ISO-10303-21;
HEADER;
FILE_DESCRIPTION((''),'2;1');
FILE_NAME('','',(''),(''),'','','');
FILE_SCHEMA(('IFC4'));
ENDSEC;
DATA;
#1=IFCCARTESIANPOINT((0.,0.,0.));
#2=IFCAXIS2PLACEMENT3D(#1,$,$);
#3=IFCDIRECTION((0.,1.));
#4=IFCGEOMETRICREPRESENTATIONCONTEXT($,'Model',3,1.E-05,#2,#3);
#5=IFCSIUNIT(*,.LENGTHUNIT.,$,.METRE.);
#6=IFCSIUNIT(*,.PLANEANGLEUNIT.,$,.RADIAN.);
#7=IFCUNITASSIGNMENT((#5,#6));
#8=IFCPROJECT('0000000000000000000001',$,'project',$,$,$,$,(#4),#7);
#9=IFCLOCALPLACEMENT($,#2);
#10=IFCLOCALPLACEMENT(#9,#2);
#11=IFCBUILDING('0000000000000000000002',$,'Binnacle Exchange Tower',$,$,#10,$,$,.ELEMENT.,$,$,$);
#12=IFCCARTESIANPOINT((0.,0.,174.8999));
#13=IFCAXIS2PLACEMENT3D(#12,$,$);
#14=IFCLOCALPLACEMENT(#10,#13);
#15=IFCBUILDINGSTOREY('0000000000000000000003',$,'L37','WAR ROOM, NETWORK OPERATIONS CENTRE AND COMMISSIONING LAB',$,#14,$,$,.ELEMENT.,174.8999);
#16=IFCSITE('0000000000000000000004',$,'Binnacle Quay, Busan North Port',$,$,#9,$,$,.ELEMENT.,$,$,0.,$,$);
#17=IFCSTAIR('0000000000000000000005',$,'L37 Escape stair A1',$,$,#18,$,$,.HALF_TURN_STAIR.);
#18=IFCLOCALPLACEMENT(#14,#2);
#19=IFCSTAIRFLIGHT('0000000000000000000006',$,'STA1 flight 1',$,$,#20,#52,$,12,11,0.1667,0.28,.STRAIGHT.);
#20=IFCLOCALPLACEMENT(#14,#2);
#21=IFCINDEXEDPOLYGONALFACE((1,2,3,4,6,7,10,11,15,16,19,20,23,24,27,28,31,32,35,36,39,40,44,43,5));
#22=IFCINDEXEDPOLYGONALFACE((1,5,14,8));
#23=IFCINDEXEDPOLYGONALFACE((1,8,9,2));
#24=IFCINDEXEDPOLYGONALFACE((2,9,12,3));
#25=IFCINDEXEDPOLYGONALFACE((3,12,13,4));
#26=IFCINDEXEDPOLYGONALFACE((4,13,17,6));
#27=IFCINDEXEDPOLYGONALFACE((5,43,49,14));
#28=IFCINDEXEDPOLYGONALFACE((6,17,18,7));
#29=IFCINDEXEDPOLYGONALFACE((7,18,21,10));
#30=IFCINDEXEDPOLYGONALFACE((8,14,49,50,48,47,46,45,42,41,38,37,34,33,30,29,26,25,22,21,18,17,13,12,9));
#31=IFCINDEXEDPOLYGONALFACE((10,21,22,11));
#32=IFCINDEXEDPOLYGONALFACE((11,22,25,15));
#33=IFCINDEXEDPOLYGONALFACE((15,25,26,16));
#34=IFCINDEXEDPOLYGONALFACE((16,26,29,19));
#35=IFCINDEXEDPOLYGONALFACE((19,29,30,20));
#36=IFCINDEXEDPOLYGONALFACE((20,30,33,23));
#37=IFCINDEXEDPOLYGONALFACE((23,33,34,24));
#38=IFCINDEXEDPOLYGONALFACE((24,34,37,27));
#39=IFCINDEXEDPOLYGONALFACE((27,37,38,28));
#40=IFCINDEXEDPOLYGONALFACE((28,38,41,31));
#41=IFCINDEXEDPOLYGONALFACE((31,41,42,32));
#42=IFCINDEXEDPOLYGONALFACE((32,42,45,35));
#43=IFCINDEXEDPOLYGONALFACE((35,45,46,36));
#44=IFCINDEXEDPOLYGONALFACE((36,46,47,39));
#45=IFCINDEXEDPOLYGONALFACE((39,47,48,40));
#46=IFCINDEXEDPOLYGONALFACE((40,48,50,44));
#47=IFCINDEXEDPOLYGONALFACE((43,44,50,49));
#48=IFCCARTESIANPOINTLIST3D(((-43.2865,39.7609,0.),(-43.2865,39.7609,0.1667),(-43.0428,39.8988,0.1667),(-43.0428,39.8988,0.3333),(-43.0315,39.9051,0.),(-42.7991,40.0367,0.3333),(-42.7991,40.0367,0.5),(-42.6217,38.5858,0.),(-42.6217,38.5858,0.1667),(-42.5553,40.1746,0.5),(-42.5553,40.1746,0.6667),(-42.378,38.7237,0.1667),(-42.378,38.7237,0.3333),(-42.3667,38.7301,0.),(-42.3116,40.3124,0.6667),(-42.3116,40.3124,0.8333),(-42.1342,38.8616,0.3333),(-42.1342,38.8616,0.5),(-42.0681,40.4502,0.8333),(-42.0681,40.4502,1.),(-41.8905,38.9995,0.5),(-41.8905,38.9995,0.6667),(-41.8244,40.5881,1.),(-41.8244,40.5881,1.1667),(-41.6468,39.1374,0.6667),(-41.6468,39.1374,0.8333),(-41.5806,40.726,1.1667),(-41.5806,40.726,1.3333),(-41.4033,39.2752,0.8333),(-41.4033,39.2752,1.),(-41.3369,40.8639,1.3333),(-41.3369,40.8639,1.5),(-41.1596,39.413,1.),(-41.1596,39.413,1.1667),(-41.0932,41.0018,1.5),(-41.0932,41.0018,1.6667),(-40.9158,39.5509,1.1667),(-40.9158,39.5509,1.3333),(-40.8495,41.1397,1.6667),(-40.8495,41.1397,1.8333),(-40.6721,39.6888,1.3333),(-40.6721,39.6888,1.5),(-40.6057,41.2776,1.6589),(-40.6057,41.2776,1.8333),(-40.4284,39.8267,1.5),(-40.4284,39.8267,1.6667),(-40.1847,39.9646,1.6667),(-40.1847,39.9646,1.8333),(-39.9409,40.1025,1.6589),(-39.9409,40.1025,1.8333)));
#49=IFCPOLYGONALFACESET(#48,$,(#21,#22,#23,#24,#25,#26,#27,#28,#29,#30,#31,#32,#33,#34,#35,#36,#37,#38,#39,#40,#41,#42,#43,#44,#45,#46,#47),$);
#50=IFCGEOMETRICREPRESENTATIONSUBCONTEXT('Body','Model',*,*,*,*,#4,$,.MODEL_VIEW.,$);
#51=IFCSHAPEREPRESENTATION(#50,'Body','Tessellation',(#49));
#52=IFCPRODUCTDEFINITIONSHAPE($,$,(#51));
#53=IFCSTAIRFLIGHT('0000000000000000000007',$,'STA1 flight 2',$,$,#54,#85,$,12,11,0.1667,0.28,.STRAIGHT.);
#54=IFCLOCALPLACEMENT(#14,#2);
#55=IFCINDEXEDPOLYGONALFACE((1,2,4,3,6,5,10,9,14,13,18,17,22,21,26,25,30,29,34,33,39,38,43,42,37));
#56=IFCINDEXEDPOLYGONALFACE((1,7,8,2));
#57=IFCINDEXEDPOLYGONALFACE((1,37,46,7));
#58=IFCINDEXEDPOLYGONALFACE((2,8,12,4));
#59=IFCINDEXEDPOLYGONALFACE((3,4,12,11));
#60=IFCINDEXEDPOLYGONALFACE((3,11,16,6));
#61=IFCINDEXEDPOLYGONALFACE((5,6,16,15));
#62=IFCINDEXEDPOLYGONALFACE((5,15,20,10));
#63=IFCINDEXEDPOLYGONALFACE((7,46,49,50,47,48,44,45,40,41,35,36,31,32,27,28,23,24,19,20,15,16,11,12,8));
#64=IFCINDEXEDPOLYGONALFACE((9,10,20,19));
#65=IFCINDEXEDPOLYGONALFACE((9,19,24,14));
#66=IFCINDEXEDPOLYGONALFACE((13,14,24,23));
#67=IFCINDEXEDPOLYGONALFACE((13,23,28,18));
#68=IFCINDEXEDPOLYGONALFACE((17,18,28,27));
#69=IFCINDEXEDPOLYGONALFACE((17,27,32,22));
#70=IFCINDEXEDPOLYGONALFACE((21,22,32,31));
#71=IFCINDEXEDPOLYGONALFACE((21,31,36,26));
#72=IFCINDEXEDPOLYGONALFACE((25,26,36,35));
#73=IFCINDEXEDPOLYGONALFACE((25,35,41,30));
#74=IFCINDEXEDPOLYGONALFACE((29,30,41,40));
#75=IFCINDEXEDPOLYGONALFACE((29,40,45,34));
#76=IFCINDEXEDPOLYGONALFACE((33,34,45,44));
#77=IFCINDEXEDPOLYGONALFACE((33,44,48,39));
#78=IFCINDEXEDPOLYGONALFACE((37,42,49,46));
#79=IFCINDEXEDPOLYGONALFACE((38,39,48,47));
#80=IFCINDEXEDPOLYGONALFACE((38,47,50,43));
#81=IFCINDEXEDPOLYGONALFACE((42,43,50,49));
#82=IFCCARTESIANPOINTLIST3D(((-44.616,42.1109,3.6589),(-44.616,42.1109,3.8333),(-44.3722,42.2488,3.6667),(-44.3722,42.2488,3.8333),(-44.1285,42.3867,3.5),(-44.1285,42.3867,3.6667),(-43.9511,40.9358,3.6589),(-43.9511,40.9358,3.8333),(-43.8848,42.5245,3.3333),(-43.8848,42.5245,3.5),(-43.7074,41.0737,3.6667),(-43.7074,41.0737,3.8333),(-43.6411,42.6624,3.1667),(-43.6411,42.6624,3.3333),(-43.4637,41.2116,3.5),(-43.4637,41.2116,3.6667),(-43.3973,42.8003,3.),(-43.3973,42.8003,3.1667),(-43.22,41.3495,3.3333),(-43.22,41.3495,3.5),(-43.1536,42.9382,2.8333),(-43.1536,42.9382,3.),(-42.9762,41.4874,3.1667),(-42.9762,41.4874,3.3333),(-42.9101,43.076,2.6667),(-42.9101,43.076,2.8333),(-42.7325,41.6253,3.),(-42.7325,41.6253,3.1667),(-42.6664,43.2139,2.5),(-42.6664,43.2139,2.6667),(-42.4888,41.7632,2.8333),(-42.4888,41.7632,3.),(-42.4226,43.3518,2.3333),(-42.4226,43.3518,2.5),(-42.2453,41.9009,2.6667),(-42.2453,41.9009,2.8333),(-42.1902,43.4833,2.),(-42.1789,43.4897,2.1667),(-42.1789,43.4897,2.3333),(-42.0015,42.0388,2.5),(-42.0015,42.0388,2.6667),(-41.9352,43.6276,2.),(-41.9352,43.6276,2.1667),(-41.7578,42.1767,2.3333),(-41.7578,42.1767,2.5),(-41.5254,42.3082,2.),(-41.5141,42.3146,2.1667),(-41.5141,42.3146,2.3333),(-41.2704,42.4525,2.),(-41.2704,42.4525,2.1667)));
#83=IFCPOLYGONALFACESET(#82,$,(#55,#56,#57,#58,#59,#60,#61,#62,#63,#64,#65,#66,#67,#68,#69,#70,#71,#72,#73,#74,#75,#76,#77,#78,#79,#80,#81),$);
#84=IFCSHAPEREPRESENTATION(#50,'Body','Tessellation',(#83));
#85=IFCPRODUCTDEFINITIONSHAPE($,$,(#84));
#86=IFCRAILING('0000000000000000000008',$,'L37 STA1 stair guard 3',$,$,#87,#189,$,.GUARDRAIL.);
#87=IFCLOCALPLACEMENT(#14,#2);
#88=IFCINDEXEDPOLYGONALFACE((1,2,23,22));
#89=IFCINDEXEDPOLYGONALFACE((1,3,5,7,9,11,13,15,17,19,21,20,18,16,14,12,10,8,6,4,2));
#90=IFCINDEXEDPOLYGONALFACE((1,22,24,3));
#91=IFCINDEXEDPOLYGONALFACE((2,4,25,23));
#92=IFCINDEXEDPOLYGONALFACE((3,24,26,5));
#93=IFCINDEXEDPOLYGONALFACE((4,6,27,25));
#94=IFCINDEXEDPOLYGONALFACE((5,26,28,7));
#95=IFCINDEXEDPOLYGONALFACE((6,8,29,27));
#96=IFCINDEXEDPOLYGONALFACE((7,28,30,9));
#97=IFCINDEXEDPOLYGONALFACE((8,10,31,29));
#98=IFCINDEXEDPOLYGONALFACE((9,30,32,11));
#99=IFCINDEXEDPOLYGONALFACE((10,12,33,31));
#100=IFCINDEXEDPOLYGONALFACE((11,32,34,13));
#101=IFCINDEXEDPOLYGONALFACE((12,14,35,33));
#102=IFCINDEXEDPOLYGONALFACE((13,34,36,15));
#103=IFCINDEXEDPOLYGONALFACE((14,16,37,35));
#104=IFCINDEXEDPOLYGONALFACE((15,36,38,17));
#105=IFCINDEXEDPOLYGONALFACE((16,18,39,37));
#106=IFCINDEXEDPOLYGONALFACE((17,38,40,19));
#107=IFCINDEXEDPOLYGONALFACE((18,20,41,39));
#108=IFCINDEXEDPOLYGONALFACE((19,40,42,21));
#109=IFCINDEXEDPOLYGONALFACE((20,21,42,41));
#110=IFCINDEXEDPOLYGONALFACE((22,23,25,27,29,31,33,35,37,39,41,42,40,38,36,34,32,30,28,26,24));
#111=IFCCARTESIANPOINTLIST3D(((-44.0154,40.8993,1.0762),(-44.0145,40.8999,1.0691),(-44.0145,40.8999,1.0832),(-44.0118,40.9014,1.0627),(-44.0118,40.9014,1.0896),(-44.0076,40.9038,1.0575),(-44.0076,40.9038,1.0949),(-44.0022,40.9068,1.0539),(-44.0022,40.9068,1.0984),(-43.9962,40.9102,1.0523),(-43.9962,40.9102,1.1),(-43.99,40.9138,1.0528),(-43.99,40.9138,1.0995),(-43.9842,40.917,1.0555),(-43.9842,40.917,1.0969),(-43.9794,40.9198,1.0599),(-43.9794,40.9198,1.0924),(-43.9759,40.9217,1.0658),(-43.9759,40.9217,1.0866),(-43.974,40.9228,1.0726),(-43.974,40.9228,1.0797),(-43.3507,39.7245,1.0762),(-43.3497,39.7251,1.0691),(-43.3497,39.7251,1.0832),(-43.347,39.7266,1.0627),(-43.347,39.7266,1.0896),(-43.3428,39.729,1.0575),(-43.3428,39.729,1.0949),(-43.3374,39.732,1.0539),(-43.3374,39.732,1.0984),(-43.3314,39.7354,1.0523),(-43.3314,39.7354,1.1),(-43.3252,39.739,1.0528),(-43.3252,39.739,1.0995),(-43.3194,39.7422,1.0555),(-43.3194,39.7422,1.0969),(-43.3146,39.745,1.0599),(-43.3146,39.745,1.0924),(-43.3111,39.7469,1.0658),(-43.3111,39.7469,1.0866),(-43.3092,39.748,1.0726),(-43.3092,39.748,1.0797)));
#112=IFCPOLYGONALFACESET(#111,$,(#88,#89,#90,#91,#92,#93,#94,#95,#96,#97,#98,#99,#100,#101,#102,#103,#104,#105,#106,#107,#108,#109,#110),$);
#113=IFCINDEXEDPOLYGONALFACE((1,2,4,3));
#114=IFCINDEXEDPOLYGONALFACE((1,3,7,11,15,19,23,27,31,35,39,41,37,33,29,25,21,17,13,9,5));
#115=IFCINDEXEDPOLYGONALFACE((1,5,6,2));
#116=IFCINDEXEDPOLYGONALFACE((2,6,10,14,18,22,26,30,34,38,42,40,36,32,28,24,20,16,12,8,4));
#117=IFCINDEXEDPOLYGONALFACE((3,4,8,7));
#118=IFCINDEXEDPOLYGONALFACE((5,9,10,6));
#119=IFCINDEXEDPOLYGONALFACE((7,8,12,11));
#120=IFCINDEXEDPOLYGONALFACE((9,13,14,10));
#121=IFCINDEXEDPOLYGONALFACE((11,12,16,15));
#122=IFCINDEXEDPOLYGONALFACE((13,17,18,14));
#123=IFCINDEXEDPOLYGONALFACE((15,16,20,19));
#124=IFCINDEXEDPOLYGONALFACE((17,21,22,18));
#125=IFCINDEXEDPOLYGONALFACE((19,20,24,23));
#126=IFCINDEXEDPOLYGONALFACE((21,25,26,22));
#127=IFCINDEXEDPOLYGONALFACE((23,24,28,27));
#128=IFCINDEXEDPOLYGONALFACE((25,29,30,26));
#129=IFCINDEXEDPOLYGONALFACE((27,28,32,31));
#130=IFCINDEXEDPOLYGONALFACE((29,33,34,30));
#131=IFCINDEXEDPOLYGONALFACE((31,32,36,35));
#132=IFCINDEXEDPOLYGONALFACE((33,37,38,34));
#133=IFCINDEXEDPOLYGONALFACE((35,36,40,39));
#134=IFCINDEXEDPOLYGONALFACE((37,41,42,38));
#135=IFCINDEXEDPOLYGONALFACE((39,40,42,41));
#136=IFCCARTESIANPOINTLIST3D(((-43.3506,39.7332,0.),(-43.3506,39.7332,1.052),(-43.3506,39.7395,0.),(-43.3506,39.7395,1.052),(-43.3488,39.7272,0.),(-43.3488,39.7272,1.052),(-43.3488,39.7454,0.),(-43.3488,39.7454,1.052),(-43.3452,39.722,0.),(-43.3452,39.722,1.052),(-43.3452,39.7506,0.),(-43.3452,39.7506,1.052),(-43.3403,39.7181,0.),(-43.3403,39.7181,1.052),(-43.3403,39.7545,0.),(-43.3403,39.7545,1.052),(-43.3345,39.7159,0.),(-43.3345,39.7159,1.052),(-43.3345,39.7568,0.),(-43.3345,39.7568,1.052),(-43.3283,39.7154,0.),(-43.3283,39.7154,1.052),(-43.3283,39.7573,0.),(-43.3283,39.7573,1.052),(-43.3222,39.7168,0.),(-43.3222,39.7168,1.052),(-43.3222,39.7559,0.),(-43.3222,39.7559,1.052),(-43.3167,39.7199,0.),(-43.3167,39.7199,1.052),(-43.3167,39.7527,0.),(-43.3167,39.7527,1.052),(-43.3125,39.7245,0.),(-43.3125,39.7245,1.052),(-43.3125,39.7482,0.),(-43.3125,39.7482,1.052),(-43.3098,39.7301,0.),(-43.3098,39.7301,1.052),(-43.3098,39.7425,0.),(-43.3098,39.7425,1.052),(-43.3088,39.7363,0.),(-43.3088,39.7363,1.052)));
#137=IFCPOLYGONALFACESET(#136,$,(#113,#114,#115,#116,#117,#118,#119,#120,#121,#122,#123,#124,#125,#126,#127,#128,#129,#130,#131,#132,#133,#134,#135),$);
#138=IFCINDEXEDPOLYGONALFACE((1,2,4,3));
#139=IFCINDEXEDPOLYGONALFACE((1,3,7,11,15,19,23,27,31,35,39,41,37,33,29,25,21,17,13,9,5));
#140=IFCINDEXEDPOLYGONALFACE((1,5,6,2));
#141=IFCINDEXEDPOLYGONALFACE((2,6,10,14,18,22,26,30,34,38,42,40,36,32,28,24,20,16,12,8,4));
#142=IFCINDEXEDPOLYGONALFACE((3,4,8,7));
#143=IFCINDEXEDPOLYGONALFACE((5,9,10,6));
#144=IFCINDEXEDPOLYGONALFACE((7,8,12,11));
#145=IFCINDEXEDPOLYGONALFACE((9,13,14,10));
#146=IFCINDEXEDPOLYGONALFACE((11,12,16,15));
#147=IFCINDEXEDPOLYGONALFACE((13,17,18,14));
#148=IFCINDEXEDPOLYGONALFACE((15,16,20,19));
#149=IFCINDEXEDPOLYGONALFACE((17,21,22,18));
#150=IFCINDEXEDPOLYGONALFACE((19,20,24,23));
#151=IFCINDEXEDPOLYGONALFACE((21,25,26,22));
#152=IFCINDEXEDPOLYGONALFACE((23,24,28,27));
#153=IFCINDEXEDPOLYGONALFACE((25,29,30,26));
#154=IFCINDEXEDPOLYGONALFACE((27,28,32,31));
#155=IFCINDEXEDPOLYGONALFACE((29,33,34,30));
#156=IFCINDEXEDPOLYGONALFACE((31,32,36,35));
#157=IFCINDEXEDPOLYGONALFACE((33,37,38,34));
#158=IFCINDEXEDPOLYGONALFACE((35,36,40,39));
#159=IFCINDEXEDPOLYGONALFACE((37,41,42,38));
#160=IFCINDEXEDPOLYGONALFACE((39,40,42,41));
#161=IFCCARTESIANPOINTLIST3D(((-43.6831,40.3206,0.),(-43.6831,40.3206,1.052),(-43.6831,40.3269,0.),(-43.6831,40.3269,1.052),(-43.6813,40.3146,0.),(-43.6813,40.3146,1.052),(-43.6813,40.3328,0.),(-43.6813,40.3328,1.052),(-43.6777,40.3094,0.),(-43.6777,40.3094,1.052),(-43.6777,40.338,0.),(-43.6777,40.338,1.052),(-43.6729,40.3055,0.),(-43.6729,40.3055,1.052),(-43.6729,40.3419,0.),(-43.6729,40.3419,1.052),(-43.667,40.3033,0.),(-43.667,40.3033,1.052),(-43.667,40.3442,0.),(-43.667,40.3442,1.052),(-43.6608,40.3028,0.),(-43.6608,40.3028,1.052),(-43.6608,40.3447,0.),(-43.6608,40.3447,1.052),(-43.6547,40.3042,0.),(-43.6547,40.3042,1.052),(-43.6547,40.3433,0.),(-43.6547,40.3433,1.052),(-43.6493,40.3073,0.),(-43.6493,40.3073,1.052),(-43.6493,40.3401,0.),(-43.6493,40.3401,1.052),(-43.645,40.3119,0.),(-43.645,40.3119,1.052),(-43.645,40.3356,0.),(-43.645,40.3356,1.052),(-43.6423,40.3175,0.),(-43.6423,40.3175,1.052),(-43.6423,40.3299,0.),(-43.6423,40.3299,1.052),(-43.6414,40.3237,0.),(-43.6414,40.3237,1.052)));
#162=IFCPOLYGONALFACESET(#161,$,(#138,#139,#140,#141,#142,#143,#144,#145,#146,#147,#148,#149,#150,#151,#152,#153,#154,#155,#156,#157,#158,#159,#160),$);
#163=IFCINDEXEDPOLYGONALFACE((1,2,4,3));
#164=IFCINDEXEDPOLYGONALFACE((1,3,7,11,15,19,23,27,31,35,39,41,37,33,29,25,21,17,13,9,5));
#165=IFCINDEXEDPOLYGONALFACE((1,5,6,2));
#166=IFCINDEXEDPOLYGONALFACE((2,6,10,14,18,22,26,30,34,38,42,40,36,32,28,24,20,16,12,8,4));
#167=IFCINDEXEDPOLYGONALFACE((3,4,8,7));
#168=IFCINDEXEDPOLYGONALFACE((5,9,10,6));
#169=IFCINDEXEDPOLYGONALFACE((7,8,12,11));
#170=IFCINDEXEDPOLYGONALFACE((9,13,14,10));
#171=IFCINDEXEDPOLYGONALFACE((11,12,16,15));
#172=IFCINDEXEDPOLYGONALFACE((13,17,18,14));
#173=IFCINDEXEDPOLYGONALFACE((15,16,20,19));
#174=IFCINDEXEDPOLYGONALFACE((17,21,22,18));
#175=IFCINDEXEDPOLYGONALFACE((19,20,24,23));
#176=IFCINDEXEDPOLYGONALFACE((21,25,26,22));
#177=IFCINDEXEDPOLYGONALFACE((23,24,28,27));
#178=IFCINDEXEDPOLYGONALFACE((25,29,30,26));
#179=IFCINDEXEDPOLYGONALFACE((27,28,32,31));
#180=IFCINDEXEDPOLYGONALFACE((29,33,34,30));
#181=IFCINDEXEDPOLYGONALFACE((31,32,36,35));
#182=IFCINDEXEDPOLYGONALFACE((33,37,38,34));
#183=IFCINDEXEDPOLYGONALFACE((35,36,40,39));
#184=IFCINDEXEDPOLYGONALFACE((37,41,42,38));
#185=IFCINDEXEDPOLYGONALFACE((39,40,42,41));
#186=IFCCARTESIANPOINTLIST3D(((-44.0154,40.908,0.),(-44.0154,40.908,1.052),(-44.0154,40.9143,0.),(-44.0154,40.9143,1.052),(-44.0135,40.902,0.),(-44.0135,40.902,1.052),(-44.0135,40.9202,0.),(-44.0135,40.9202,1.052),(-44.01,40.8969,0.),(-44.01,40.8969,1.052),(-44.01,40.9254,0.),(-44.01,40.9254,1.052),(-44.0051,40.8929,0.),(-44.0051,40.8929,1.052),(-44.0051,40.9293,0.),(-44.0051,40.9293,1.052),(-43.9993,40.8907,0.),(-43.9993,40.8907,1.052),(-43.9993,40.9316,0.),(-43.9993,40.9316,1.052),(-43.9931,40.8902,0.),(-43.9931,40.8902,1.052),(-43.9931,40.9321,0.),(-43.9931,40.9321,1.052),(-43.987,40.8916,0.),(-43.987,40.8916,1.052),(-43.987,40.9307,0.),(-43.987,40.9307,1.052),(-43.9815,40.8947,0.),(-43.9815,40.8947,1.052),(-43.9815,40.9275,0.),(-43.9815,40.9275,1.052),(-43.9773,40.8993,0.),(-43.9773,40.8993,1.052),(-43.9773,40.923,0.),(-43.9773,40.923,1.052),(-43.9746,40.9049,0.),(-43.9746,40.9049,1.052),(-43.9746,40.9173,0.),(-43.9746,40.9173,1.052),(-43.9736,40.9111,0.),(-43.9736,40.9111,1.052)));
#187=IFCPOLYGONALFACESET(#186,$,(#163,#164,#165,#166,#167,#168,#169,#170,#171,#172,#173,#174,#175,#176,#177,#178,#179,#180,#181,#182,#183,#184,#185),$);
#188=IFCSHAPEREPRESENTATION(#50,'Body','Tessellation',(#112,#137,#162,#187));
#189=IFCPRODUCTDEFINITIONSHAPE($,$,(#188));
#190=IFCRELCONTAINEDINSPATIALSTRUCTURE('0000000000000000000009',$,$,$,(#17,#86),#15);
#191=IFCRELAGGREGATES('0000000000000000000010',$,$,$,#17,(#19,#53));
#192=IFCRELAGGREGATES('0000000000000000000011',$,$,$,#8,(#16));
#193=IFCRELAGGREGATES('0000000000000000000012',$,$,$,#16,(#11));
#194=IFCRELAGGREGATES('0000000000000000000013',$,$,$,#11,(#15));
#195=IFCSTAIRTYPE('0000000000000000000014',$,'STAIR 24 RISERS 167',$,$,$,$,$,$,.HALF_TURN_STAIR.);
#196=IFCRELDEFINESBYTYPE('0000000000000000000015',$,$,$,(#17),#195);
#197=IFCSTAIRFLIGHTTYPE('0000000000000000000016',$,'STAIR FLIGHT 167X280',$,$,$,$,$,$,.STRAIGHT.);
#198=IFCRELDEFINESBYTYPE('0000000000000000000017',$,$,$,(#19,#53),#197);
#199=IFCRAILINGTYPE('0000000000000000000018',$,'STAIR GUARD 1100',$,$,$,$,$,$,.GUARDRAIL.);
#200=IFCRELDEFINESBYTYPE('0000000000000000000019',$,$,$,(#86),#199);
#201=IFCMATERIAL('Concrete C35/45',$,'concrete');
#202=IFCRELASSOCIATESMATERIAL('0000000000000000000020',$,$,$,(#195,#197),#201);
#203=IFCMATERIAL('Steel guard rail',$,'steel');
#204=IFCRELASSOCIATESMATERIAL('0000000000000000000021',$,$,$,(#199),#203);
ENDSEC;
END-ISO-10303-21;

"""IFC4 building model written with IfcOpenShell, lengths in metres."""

from ifc_helpers import new_model, si_unit, direction, frame, origin, origin_2d, place, context, subcontext, project, spatial, polyline, circle, outline, extrude, material, type_object, element, aggregate, save


model = new_model("IFC4")

# Units and contexts
model_context = context("Model", 3, precision=1e-05, world=origin(), true_north=direction((0.0, 1.0)))
body_context = subcontext(model_context, "Body", "Model", "MODEL_VIEW")
ifc_project = project(units=[si_unit("LENGTHUNIT", "METRE"), si_unit("PLANEANGLEUNIT", "RADIAN")], contexts=[model_context])

# Site, building, storey
site_placement = place(None, origin())
site = spatial("IfcSite", under=ifc_project, at=site_placement, Name="Binnacle Quay, Busan North Port", CompositionType="ELEMENT", RefElevation=0.0)
building_placement = place(site_placement, origin())
building = spatial("IfcBuilding", under=site, at=building_placement, Name="Binnacle Exchange Tower", CompositionType="ELEMENT")
storey_placement = place(building_placement, frame((0.0, 0.0, 174.8999)))
storey = spatial("IfcBuildingStorey", under=building, at=storey_placement, Name="L37", Description="WAR ROOM, NETWORK OPERATIONS CENTRE AND COMMISSIONING LAB", CompositionType="ELEMENT", Elevation=174.8999)

# Stair, stair flights
ifc_material_1 = material(Name="Concrete C35/45", Category="concrete")
stair_type = type_object("IfcStairType", Name="STAIR 24 RISERS 167", PredefinedType="HALF_TURN_STAIR", material=ifc_material_1)
stair_placement = place(storey_placement, origin())
stair = element("IfcStair", 1, at=stair_placement, inside=storey, type_object=stair_type, Name="L37 Escape stair A1", PredefinedType="HALF_TURN_STAIR")
stair_flight_type = type_object("IfcStairFlightType", Name="STAIR FLIGHT 167X280", PredefinedType="STRAIGHT", material=ifc_material_1)
stair_flight_1_placement = place(storey_placement, frame((-42.9541, 39.1733, 0.0), z_axis=(0.0, 0.0, 1.0), x_axis=(0.870356, 0.492424, 0.0)))
stair_flight_1 = element("IfcStairFlight", 2, at=stair_flight_1_placement, type_object=stair_flight_type, Name="STA1 flight 1", NumberOfRisers=12, NumberOfTreads=11, PredefinedType="STRAIGHT", RiserHeight=0.1667, TreadLength=0.28, context=body_context, shape_type="SweptSolid", body=[
    extrude(outline(polyline([(0.0, 0.0), (0.0, 0.1667), (0.28, 0.1667), (0.28, 0.3333), (0.5601, 0.3333), (0.5601, 0.5), (0.8401, 0.5), (0.8401, 0.6667), (1.1201, 0.6667), (1.1201, 0.8333), (1.3999, 0.8333), (1.3999, 1.0), (1.6799, 1.0), (1.6799, 1.1667), (1.96, 1.1667), (1.96, 1.3333), (2.24, 1.3333), (2.24, 1.5), (2.52, 1.5), (2.52, 1.6667), (2.8, 1.6667), (2.8, 1.8333), (3.0801, 1.8333), (3.0801, 2.0), (3.0801, 1.6589), (0.293, 0.0), (0.0, 0.0)])), frame((0.0, 0.675, 0.0), z_axis=(0.0, -1.0, 0.0), x_axis=(1.0, 0.0, 0.0)), (0.0, 0.0, 1.0), 1.3501),
])
stair_flight_2_placement = place(storey_placement, frame((-41.6028, 43.04, 2.0), z_axis=(0.0, 0.0, 1.0), x_axis=(-0.870356, -0.492424, 0.0)))
stair_flight_2 = element("IfcStairFlight", 3, at=stair_flight_2_placement, type_object=stair_flight_type, Name="STA1 flight 2", NumberOfRisers=12, NumberOfTreads=11, PredefinedType="STRAIGHT", RiserHeight=0.1667, TreadLength=0.28, context=body_context, shape_type="SweptSolid", body=[
    extrude(outline(polyline([(0.0, 0.0), (0.0, 0.1667), (0.28, 0.1667), (0.28, 0.3333), (0.5601, 0.3333), (0.5601, 0.5), (0.8401, 0.5), (0.8401, 0.6667), (1.1201, 0.6667), (1.1201, 0.8333), (1.3999, 0.8333), (1.3999, 1.0), (1.6799, 1.0), (1.6799, 1.1667), (1.96, 1.1667), (1.96, 1.3333), (2.24, 1.3333), (2.24, 1.5), (2.52, 1.5), (2.52, 1.6667), (2.8, 1.6667), (2.8, 1.8333), (3.0801, 1.8333), (3.0801, 2.0), (3.0801, 1.6589), (0.293, 0.0), (0.0, 0.0)])), frame((0.0, 0.675, 0.0), z_axis=(0.0, -1.0, 0.0), x_axis=(1.0, 0.0, 0.0)), (0.0, 0.0, 1.0), 1.3501),
])
aggregate(stair, [stair_flight_1, stair_flight_2])

# Railing
ifc_material_2 = material(Name="Steel guard rail", Category="steel")
railing_type = type_object("IfcRailingType", Name="STAIR GUARD 1100", PredefinedType="GUARDRAIL", material=ifc_material_2)
railing_1_placement = place(storey_placement, frame((-43.3298, 39.7363, 0.0)))
element("IfcRailing", 4, at=railing_1_placement, inside=storey, type_object=railing_type, Name="L37 STA1 stair guard 3", PredefinedType="GUARDRAIL", context=body_context, shape_type="SweptSolid", body=[
    extrude(circle(Radius=0.0239, at=origin_2d()), frame((0.0, 0.0, 1.0762), z_axis=(-0.492492, 0.870317, 0.0), x_axis=(-0.870317, -0.492492, 0.0)), (0.0, 0.0, 1.0), 1.3499),
    extrude(circle(Radius=0.021, at=origin_2d()), origin(), (0.0, 0.0, 1.0), 1.052),
    extrude(circle(Radius=0.021, at=origin_2d()), frame((-0.3325, 0.5874, 0.0)), (0.0, 0.0, 1.0), 1.052),
    extrude(circle(Radius=0.021, at=origin_2d()), frame((-0.6648, 1.1748, 0.0)), (0.0, 0.0, 1.0), 1.052),
])

save(model, "model.ifc")
